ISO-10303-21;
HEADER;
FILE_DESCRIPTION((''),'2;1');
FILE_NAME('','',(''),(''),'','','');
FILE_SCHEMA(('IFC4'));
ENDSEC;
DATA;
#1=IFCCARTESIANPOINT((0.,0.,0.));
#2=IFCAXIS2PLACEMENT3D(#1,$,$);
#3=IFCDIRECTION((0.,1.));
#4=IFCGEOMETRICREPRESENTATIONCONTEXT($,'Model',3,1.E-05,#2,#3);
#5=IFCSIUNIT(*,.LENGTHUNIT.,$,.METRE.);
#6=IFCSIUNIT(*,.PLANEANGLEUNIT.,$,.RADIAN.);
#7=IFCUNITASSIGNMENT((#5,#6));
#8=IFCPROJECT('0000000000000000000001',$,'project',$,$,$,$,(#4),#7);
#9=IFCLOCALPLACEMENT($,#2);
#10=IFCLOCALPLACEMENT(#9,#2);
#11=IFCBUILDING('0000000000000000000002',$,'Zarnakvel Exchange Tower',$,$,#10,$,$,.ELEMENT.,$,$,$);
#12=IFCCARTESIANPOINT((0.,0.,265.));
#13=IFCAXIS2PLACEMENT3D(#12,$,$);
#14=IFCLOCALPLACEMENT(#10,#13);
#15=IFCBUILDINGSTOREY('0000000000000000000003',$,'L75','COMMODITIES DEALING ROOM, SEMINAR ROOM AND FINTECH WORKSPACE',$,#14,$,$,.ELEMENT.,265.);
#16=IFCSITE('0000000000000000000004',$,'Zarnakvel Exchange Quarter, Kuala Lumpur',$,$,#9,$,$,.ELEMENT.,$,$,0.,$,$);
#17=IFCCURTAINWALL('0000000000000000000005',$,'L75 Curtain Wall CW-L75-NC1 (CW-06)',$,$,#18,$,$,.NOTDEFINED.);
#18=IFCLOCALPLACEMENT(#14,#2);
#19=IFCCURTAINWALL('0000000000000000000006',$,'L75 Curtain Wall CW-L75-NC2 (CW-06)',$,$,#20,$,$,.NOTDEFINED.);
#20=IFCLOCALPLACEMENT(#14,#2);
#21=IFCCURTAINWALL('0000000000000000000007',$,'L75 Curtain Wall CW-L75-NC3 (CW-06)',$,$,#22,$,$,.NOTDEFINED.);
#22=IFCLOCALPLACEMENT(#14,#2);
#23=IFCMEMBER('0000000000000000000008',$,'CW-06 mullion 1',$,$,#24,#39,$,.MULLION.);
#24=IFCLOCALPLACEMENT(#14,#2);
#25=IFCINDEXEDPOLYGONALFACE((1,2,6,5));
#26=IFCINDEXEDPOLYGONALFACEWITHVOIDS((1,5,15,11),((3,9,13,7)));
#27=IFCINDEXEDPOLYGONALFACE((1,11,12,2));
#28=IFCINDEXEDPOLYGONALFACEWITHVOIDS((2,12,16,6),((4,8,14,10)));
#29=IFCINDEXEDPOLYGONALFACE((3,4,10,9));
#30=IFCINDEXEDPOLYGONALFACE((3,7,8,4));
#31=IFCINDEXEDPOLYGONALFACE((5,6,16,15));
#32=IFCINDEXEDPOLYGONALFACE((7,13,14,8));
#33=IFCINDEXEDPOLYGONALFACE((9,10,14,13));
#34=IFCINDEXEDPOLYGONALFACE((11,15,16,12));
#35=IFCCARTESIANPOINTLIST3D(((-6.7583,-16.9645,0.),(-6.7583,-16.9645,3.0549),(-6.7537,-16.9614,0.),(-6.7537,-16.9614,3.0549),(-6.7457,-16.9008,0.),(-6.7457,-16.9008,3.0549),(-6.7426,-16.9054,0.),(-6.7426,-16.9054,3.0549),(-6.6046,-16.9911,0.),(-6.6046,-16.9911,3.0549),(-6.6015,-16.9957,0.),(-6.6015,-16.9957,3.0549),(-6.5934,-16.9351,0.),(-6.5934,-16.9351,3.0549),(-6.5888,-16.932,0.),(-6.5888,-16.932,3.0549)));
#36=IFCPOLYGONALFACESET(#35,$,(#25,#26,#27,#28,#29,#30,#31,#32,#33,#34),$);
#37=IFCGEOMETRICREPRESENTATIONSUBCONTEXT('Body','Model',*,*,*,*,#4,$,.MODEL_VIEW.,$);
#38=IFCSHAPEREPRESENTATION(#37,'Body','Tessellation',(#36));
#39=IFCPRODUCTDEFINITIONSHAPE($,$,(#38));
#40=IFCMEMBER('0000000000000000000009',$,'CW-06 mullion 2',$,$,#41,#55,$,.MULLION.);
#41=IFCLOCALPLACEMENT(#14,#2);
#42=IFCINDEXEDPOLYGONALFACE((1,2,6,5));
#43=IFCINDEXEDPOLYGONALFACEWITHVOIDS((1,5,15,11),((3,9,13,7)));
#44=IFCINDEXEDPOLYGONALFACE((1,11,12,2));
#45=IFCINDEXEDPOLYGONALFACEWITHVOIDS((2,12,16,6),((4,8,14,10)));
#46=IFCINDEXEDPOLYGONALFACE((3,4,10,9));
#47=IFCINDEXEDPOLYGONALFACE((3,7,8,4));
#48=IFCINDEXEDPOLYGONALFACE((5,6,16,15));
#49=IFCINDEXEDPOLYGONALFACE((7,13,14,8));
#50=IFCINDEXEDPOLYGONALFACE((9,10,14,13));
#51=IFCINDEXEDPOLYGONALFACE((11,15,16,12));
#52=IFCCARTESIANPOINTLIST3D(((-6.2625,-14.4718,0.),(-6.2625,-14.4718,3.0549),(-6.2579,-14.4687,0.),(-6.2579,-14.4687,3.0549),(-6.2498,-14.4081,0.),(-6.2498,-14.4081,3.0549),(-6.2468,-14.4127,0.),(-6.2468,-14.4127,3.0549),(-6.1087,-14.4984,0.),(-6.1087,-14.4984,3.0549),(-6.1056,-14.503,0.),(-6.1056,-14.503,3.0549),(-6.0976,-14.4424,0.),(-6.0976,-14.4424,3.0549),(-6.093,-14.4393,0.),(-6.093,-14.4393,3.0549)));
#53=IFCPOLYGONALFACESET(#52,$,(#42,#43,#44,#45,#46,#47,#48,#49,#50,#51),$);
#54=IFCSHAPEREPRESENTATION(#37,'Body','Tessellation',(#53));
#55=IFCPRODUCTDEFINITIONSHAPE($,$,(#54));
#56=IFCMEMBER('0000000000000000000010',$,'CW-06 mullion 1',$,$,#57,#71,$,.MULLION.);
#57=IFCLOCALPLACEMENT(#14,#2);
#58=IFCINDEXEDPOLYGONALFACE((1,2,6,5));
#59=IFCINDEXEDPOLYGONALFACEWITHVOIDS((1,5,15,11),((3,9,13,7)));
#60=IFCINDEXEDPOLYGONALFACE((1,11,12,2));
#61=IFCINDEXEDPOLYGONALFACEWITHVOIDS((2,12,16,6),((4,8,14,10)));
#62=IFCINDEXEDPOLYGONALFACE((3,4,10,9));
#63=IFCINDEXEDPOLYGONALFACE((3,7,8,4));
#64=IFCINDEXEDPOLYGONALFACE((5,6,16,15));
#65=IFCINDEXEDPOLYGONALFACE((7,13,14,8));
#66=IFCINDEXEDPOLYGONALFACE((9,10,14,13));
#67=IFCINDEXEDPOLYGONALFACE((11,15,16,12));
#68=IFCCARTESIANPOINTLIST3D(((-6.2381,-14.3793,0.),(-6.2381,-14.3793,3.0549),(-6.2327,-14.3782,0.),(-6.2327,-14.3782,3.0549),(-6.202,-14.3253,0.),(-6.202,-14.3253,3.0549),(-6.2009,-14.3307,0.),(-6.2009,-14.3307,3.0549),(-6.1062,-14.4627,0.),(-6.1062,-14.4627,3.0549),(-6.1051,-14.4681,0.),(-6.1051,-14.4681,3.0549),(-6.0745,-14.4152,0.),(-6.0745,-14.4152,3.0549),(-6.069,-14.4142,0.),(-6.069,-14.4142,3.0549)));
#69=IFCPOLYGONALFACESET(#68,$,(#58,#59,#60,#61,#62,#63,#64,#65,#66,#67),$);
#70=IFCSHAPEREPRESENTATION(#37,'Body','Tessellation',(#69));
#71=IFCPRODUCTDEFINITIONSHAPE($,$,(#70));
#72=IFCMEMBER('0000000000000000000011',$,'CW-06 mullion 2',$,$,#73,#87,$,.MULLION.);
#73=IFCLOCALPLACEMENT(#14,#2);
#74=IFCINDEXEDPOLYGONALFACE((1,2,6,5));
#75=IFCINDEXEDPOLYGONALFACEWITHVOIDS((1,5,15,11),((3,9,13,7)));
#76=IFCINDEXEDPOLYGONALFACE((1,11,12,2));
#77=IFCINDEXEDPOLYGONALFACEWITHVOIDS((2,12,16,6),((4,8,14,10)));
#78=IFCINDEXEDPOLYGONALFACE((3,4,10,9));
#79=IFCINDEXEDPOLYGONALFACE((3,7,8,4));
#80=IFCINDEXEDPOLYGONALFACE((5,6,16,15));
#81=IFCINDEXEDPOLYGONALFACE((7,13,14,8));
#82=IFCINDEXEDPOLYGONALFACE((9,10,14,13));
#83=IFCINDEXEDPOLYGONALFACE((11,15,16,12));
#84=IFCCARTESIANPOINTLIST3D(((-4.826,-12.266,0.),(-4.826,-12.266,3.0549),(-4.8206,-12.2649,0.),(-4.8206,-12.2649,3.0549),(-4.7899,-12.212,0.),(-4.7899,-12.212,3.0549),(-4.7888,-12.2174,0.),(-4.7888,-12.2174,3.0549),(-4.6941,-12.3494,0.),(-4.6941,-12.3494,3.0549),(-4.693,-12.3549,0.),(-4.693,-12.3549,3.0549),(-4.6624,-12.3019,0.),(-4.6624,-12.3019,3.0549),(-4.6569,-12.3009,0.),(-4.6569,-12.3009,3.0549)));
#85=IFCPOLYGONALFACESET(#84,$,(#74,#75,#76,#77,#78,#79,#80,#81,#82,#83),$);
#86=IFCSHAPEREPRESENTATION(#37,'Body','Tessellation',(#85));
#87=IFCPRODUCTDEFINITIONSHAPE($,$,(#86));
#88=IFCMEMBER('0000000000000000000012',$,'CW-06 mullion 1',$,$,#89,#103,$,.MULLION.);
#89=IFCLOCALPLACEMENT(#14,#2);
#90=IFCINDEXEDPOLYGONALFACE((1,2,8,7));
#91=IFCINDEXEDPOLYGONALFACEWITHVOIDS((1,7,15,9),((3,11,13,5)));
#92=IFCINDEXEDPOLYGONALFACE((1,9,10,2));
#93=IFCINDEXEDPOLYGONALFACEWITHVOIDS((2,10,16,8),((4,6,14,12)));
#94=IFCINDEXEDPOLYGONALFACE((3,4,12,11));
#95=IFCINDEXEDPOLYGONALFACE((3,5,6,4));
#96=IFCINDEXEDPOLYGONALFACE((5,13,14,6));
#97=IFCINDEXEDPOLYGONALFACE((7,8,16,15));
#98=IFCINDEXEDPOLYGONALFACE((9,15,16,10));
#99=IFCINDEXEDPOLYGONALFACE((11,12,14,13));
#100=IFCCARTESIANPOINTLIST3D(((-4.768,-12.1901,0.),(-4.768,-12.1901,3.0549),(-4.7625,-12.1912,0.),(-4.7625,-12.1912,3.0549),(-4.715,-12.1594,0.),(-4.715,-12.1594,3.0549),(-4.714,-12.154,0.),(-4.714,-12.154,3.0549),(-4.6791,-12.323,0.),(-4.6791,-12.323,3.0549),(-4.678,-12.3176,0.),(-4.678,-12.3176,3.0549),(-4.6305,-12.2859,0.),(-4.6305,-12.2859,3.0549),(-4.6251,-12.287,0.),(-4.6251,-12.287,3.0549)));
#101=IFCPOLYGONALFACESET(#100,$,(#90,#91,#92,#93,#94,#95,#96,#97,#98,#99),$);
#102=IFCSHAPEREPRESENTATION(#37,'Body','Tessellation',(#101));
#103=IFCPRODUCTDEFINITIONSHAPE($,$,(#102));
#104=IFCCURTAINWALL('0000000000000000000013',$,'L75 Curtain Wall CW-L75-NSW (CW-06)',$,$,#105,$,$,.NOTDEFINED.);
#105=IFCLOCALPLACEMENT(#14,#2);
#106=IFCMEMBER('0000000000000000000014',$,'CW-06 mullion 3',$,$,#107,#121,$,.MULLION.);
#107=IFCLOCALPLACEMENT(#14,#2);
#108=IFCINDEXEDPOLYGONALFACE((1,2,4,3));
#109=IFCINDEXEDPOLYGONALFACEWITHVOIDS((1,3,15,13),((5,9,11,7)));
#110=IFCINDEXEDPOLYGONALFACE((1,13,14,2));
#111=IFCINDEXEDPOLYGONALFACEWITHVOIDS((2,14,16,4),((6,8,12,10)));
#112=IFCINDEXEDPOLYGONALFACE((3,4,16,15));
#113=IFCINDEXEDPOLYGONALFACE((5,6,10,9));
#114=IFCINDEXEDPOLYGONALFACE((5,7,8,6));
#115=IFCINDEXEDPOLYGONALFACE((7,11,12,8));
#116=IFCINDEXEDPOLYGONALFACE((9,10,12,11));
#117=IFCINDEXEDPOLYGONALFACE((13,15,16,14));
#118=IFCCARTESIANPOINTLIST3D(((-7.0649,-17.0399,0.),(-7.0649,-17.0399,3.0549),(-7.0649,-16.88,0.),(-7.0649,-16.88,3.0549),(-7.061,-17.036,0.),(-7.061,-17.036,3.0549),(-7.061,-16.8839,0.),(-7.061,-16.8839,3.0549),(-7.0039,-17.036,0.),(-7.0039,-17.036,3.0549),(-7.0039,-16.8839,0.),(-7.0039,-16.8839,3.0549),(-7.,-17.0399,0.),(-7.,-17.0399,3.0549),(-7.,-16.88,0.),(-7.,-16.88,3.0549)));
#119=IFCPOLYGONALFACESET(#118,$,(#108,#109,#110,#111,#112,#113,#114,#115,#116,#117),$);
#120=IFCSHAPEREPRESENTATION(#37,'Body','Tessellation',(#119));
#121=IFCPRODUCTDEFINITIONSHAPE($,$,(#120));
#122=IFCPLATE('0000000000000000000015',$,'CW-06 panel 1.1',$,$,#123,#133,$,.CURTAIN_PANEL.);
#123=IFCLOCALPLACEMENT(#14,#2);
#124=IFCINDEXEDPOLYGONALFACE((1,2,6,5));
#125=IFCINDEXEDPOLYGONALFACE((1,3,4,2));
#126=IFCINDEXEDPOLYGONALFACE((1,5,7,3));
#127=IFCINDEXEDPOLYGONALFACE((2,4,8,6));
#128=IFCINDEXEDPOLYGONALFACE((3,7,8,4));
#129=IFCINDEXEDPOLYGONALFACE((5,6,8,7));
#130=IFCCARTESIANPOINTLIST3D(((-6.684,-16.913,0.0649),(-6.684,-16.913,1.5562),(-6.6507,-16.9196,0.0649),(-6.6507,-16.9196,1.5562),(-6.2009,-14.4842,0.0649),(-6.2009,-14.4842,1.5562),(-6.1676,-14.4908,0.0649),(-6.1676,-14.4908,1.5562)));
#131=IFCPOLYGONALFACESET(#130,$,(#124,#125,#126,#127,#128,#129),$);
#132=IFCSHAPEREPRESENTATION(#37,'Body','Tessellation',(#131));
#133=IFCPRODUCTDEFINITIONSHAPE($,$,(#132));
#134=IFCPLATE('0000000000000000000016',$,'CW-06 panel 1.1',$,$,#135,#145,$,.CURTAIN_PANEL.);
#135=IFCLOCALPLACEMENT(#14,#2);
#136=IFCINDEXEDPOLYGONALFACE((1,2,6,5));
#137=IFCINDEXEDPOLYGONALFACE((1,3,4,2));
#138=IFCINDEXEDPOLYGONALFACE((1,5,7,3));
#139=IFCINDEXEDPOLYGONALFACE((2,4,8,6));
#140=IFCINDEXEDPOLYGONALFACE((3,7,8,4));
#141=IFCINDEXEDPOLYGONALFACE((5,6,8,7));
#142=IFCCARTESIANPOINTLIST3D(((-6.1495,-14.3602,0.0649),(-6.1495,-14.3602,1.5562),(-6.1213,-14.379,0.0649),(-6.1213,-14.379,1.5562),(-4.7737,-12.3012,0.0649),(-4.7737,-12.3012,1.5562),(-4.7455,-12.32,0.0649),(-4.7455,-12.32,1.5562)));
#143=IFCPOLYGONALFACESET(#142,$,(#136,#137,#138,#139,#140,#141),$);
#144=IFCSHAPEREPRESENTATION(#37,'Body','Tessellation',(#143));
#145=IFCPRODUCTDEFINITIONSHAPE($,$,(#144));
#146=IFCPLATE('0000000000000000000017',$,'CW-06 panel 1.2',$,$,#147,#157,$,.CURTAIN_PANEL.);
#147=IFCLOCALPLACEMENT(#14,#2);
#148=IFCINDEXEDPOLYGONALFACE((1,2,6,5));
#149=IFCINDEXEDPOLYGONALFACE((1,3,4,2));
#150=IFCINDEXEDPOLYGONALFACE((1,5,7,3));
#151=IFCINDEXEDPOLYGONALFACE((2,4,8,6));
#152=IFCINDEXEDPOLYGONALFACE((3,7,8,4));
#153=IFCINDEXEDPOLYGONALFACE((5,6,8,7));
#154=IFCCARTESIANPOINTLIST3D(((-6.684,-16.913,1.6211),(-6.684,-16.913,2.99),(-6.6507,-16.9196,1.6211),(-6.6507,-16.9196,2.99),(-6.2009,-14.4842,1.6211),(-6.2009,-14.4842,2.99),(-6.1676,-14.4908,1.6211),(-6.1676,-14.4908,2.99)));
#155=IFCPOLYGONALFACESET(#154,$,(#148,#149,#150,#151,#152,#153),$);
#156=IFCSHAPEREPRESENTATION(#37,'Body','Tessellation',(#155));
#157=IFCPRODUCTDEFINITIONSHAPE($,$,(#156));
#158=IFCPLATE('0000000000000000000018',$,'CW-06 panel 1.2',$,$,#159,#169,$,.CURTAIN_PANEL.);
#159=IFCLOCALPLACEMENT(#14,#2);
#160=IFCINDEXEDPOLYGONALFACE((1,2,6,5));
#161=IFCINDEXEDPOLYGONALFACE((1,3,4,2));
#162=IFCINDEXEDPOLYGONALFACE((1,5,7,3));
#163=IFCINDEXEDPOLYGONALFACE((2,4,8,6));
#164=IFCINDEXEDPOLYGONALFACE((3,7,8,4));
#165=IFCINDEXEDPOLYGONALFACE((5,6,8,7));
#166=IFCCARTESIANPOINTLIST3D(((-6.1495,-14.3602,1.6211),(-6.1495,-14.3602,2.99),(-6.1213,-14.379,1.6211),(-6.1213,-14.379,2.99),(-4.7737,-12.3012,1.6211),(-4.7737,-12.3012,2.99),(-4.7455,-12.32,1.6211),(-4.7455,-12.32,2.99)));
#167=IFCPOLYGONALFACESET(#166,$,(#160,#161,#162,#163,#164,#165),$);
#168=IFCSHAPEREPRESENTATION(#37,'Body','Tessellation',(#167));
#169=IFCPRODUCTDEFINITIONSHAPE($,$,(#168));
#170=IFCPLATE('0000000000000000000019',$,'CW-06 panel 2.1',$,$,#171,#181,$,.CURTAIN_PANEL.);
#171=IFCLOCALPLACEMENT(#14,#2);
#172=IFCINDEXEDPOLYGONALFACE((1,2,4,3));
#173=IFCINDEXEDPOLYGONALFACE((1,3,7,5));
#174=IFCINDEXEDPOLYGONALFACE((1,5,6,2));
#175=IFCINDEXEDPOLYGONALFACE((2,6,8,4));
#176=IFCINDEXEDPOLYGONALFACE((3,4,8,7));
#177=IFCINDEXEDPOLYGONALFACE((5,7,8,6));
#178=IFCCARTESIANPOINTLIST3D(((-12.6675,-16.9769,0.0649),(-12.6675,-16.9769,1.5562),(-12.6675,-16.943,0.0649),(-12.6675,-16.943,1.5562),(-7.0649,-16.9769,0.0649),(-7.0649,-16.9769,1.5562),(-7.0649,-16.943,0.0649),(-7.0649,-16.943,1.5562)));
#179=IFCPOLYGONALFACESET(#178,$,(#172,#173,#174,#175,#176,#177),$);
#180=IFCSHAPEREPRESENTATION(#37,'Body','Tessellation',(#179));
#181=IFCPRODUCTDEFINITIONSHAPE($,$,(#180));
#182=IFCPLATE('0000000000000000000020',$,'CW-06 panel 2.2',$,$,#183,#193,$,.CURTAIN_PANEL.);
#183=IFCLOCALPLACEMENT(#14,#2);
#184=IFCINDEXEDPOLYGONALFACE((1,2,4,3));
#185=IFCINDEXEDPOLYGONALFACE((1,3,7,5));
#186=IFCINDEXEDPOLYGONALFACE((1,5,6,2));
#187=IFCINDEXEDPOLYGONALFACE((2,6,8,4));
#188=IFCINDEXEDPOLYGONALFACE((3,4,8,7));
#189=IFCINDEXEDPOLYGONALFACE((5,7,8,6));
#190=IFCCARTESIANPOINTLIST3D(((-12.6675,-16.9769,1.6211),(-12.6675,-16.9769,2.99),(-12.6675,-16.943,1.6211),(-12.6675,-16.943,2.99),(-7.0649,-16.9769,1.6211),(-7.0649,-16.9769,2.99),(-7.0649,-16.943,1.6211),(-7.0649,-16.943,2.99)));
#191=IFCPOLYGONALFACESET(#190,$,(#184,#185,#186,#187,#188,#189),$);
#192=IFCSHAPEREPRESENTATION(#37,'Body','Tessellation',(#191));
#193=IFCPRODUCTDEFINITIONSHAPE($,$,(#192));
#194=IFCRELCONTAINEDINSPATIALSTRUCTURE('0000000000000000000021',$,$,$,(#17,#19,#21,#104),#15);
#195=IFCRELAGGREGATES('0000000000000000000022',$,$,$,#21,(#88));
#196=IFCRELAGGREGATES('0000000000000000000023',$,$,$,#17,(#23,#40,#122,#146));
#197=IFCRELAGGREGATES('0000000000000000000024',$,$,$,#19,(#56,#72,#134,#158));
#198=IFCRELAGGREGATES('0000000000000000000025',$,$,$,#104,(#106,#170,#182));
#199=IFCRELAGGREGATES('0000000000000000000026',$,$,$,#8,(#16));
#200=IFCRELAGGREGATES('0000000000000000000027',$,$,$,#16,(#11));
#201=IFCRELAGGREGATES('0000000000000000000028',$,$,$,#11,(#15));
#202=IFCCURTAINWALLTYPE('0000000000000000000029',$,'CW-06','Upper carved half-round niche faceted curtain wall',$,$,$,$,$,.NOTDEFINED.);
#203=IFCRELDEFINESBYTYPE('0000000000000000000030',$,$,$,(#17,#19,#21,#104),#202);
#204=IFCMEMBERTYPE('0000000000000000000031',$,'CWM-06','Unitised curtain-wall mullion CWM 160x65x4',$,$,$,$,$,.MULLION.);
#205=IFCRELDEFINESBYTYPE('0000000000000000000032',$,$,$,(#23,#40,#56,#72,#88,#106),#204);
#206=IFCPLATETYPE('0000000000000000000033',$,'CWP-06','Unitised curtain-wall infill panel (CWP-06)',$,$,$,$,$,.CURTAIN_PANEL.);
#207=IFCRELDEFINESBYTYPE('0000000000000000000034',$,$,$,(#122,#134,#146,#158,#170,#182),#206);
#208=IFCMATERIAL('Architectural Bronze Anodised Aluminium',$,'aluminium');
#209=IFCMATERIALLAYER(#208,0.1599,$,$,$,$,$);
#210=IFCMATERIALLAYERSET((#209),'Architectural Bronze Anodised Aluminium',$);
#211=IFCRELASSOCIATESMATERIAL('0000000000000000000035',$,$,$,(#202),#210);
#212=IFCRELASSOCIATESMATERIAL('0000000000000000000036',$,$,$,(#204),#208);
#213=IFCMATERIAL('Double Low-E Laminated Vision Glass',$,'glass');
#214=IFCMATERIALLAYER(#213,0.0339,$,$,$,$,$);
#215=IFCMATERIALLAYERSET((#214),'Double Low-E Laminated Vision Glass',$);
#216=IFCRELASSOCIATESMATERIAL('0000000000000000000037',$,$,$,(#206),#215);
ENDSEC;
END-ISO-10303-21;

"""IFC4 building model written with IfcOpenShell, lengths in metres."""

from ifc_helpers import new_model, si_unit, direction, frame, origin, origin_2d, place, context, subcontext, project, spatial, rectangle, hollow_rectangle, extrude, source, transform, mapped, material, layer, layer_set, material_profile, profile_set, type_object, element, aggregate, save


model = new_model("IFC4")

# Units and contexts
model_context = context("Model", 3, precision=1e-05, world=origin(), true_north=direction((0.0, 1.0)))
body_context = subcontext(model_context, "Body", "Model", "MODEL_VIEW")
ifc_project = project(units=[si_unit("LENGTHUNIT", "METRE"), si_unit("PLANEANGLEUNIT", "RADIAN")], contexts=[model_context])

# Site, building, storey
site_placement = place(None, origin())
site = spatial("IfcSite", under=ifc_project, at=site_placement, Name="Zarnakvel Exchange Quarter, Kuala Lumpur", CompositionType="ELEMENT", RefElevation=0.0)
building_placement = place(site_placement, origin())
building = spatial("IfcBuilding", under=site, at=building_placement, Name="Zarnakvel Exchange Tower", CompositionType="ELEMENT")
storey_placement = place(building_placement, frame((0.0, 0.0, 265.0)))
storey = spatial("IfcBuildingStorey", under=building, at=storey_placement, Name="L75", Description="COMMODITIES DEALING ROOM, SEMINAR ROOM AND FINTECH WORKSPACE", CompositionType="ELEMENT", Elevation=265.0)

# Curtain walls
ifc_material_1 = material(Name="Architectural Bronze Anodised Aluminium", Category="aluminium")
ifc_layer_1 = layer(ifc_material_1, 0.1599)
ifc_layer_set_1 = layer_set([ifc_layer_1], Name="Architectural Bronze Anodised Aluminium")
curtain_wall_type = type_object("IfcCurtainWallType", Name="CW-06", Description="Upper carved half-round niche faceted curtain wall", PredefinedType="NOTDEFINED", material=ifc_layer_set_1)
curtain_wall_1_placement = place(storey_placement, origin())
curtain_wall_1 = element("IfcCurtainWall", 1, at=curtain_wall_1_placement, inside=storey, type_object=curtain_wall_type, Name="L75 Curtain Wall CW-L75-NC1 (CW-06)", PredefinedType="NOTDEFINED")
curtain_wall_2_placement = place(storey_placement, origin())
curtain_wall_2 = element("IfcCurtainWall", 2, at=curtain_wall_2_placement, inside=storey, type_object=curtain_wall_type, Name="L75 Curtain Wall CW-L75-NC2 (CW-06)", PredefinedType="NOTDEFINED")

# Curtain wall
curtain_wall_3_placement = place(storey_placement, origin())
curtain_wall_3 = element("IfcCurtainWall", 3, at=curtain_wall_3_placement, inside=storey, type_object=curtain_wall_type, Name="L75 Curtain Wall CW-L75-NC3 (CW-06)", PredefinedType="NOTDEFINED")

# Members
ifc_material_profile_1 = material_profile(ifc_material_1, hollow_rectangle(XDim=0.1599, YDim=0.0649, WallThickness=0.0039, at=origin_2d()))
ifc_profile_set_1 = profile_set([ifc_material_profile_1], Name="Architectural Bronze Anodised Aluminium")
member_type_1 = type_object("IfcMemberType", Name="CWM-06", Description="Unitised curtain-wall mullion CWM 160x65x4", PredefinedType="MULLION", material=ifc_profile_set_1)
shared_shape_1 = source(origin(), body_context, "Body", "SweptSolid", [
    extrude(hollow_rectangle(XDim=0.1599, YDim=0.0649, WallThickness=0.0039, at=origin_2d()), origin(), (0.0, 0.0, 1.0), 3.0549),
])
member_1_placement = place(storey_placement, frame((-6.6736, -16.9482, 0.0), z_axis=(0.0, 0.0, 1.0), x_axis=(-0.980785, 0.19509, 0.0)))
member_1 = element("IfcMember", 4, at=member_1_placement, type_object=member_type_1, Name="CW-06 mullion 1", PredefinedType="MULLION", context=body_context, shape_type="MappedRepresentation", body=[
    mapped(shared_shape_1, transform((0.0, 0.0, 0.0), x_axis=(1.0, 0.0, 0.0), y_axis=(0.0, 1.0, 0.0), z_axis=(0.0, 0.0, 1.0), scale=1.0)),
])
member_2_placement = place(storey_placement, frame((-6.1777, -14.4556, 0.0), z_axis=(0.0, 0.0, 1.0), x_axis=(-0.980785, 0.19509, 0.0)))
member_2 = element("IfcMember", 5, at=member_2_placement, type_object=member_type_1, Name="CW-06 mullion 2", PredefinedType="MULLION", context=body_context, shape_type="MappedRepresentation", body=[
    mapped(shared_shape_1, transform((0.0, 0.0, 0.0), x_axis=(1.0, 0.0, 0.0), y_axis=(0.0, 1.0, 0.0), z_axis=(0.0, 0.0, 1.0), scale=1.0)),
])
member_3_placement = place(storey_placement, frame((-6.1536, -14.3967, 0.0), z_axis=(0.0, 0.0, 1.0), x_axis=(-0.83147, 0.55557, 0.0)))
member_3 = element("IfcMember", 6, at=member_3_placement, type_object=member_type_1, Name="CW-06 mullion 1", PredefinedType="MULLION", context=body_context, shape_type="MappedRepresentation", body=[
    mapped(shared_shape_1, transform((0.0, 0.0, 0.0), x_axis=(1.0, 0.0, 0.0), y_axis=(0.0, 1.0, 0.0), z_axis=(0.0, 0.0, 1.0), scale=1.0)),
])
member_4_placement = place(storey_placement, frame((-4.7415, -12.2834, 0.0), z_axis=(0.0, 0.0, 1.0), x_axis=(-0.83147, 0.55557, 0.0)))
member_4 = element("IfcMember", 7, at=member_4_placement, type_object=member_type_1, Name="CW-06 mullion 2", PredefinedType="MULLION", context=body_context, shape_type="MappedRepresentation", body=[
    mapped(shared_shape_1, transform((0.0, 0.0, 0.0), x_axis=(1.0, 0.0, 0.0), y_axis=(0.0, 1.0, 0.0), z_axis=(0.0, 0.0, 1.0), scale=1.0)),
])
member_5_placement = place(storey_placement, frame((-4.6965, -12.2385, 0.0), z_axis=(0.0, 0.0, 1.0), x_axis=(-0.55557, 0.83147, 0.0)))
member_5 = element("IfcMember", 8, at=member_5_placement, type_object=member_type_1, Name="CW-06 mullion 1", PredefinedType="MULLION", context=body_context, shape_type="MappedRepresentation", body=[
    mapped(shared_shape_1, transform((0.0, 0.0, 0.0), x_axis=(1.0, 0.0, 0.0), y_axis=(0.0, 1.0, 0.0), z_axis=(0.0, 0.0, 1.0), scale=1.0)),
])
aggregate(curtain_wall_3, [member_5])

# Curtain wall, member
curtain_wall_4_placement = place(storey_placement, origin())
curtain_wall_4 = element("IfcCurtainWall", 9, at=curtain_wall_4_placement, inside=storey, type_object=curtain_wall_type, Name="L75 Curtain Wall CW-L75-NSW (CW-06)", PredefinedType="NOTDEFINED")
member_6_placement = place(storey_placement, frame((-7.0325, -16.96, 0.0), z_axis=(0.0, 0.0, 1.0), x_axis=(0.0, 1.0, 0.0)))
member_6 = element("IfcMember", 10, at=member_6_placement, type_object=member_type_1, Name="CW-06 mullion 3", PredefinedType="MULLION", context=body_context, shape_type="MappedRepresentation", body=[
    mapped(shared_shape_1, transform((0.0, 0.0, 0.0), x_axis=(1.0, 0.0, 0.0), y_axis=(0.0, 1.0, 0.0), z_axis=(0.0, 0.0, 1.0), scale=1.0)),
])

# Plates
ifc_material_2 = material(Name="Double Low-E Laminated Vision Glass", Category="glass")
ifc_layer_2 = layer(ifc_material_2, 0.0339)
ifc_layer_set_2 = layer_set([ifc_layer_2], Name="Double Low-E Laminated Vision Glass")
plate_type = type_object("IfcPlateType", Name="CWP-06", Description="Unitised curtain-wall infill panel (CWP-06)", PredefinedType="CURTAIN_PANEL", material=ifc_layer_set_2)
shared_shape_2 = source(origin(), body_context, "Body", "SweptSolid", [
    extrude(rectangle(XDim=2.4763, YDim=0.0339, at=origin_2d()), origin(), (0.0, 0.0, 1.0), 1.4912),
])
plate_1_placement = place(storey_placement, frame((-6.4258, -15.7019, 0.0649), z_axis=(0.0, 0.0, 1.0), x_axis=(0.19509, 0.980785, 0.0)))
plate_1 = element("IfcPlate", 11, at=plate_1_placement, type_object=plate_type, Name="CW-06 panel 1.1", PredefinedType="CURTAIN_PANEL", context=body_context, shape_type="MappedRepresentation", body=[
    mapped(shared_shape_2, transform((0.0, 0.0, 0.0), x_axis=(1.0, 0.0, 0.0), y_axis=(0.0, 1.0, 0.0), z_axis=(0.0, 0.0, 1.0), scale=1.0)),
])
plate_2_placement = place(storey_placement, frame((-5.4475, -13.3401, 0.0649), z_axis=(0.0, 0.0, 1.0), x_axis=(0.55557, 0.83147, 0.0)))
plate_2 = element("IfcPlate", 12, at=plate_2_placement, type_object=plate_type, Name="CW-06 panel 1.1", PredefinedType="CURTAIN_PANEL", context=body_context, shape_type="MappedRepresentation", body=[
    mapped(shared_shape_2, transform((0.0, 0.0, 0.0), x_axis=(1.0, 0.0, 0.0), y_axis=(0.0, 1.0, 0.0), z_axis=(0.0, 0.0, 1.0), scale=1.0)),
])
shared_shape_3 = source(origin(), body_context, "Body", "SweptSolid", [
    extrude(rectangle(XDim=2.4763, YDim=0.0339, at=origin_2d()), origin(), (0.0, 0.0, 1.0), 1.3689),
])
plate_3_placement = place(storey_placement, frame((-6.4258, -15.7019, 1.6211), z_axis=(0.0, 0.0, 1.0), x_axis=(0.19509, 0.980785, 0.0)))
plate_3 = element("IfcPlate", 13, at=plate_3_placement, type_object=plate_type, Name="CW-06 panel 1.2", PredefinedType="CURTAIN_PANEL", context=body_context, shape_type="MappedRepresentation", body=[
    mapped(shared_shape_3, transform((0.0, 0.0, 0.0), x_axis=(1.0, 0.0, 0.0), y_axis=(0.0, 1.0, 0.0), z_axis=(0.0, 0.0, 1.0), scale=1.0)),
])
aggregate(curtain_wall_1, [member_1, member_2, plate_1, plate_3])
plate_4_placement = place(storey_placement, frame((-5.4475, -13.3401, 1.6211), z_axis=(0.0, 0.0, 1.0), x_axis=(0.55557, 0.83147, 0.0)))
plate_4 = element("IfcPlate", 14, at=plate_4_placement, type_object=plate_type, Name="CW-06 panel 1.2", PredefinedType="CURTAIN_PANEL", context=body_context, shape_type="MappedRepresentation", body=[
    mapped(shared_shape_3, transform((0.0, 0.0, 0.0), x_axis=(1.0, 0.0, 0.0), y_axis=(0.0, 1.0, 0.0), z_axis=(0.0, 0.0, 1.0), scale=1.0)),
])
aggregate(curtain_wall_2, [member_3, member_4, plate_2, plate_4])
shared_shape_4 = source(origin(), body_context, "Body", "SweptSolid", [
    extrude(rectangle(XDim=5.6025, YDim=0.0339, at=origin_2d()), origin(), (0.0, 0.0, 1.0), 1.4912),
])
plate_5_placement = place(storey_placement, frame((-9.8662, -16.96, 0.0649), z_axis=(0.0, 0.0, 1.0), x_axis=(1.0, 0.0, 0.0)))
plate_5 = element("IfcPlate", 15, at=plate_5_placement, type_object=plate_type, Name="CW-06 panel 2.1", PredefinedType="CURTAIN_PANEL", context=body_context, shape_type="MappedRepresentation", body=[
    mapped(shared_shape_4, transform((0.0, 0.0, 0.0), x_axis=(1.0, 0.0, 0.0), y_axis=(0.0, 1.0, 0.0), z_axis=(0.0, 0.0, 1.0), scale=1.0)),
])
shared_shape_5 = source(origin(), body_context, "Body", "SweptSolid", [
    extrude(rectangle(XDim=5.6025, YDim=0.0339, at=origin_2d()), origin(), (0.0, 0.0, 1.0), 1.3689),
])
plate_6_placement = place(storey_placement, frame((-9.8662, -16.96, 1.6211), z_axis=(0.0, 0.0, 1.0), x_axis=(1.0, 0.0, 0.0)))
plate_6 = element("IfcPlate", 16, at=plate_6_placement, type_object=plate_type, Name="CW-06 panel 2.2", PredefinedType="CURTAIN_PANEL", context=body_context, shape_type="MappedRepresentation", body=[
    mapped(shared_shape_5, transform((0.0, 0.0, 0.0), x_axis=(1.0, 0.0, 0.0), y_axis=(0.0, 1.0, 0.0), z_axis=(0.0, 0.0, 1.0), scale=1.0)),
])
aggregate(curtain_wall_4, [member_6, plate_5, plate_6])

save(model, "model.ifc")
